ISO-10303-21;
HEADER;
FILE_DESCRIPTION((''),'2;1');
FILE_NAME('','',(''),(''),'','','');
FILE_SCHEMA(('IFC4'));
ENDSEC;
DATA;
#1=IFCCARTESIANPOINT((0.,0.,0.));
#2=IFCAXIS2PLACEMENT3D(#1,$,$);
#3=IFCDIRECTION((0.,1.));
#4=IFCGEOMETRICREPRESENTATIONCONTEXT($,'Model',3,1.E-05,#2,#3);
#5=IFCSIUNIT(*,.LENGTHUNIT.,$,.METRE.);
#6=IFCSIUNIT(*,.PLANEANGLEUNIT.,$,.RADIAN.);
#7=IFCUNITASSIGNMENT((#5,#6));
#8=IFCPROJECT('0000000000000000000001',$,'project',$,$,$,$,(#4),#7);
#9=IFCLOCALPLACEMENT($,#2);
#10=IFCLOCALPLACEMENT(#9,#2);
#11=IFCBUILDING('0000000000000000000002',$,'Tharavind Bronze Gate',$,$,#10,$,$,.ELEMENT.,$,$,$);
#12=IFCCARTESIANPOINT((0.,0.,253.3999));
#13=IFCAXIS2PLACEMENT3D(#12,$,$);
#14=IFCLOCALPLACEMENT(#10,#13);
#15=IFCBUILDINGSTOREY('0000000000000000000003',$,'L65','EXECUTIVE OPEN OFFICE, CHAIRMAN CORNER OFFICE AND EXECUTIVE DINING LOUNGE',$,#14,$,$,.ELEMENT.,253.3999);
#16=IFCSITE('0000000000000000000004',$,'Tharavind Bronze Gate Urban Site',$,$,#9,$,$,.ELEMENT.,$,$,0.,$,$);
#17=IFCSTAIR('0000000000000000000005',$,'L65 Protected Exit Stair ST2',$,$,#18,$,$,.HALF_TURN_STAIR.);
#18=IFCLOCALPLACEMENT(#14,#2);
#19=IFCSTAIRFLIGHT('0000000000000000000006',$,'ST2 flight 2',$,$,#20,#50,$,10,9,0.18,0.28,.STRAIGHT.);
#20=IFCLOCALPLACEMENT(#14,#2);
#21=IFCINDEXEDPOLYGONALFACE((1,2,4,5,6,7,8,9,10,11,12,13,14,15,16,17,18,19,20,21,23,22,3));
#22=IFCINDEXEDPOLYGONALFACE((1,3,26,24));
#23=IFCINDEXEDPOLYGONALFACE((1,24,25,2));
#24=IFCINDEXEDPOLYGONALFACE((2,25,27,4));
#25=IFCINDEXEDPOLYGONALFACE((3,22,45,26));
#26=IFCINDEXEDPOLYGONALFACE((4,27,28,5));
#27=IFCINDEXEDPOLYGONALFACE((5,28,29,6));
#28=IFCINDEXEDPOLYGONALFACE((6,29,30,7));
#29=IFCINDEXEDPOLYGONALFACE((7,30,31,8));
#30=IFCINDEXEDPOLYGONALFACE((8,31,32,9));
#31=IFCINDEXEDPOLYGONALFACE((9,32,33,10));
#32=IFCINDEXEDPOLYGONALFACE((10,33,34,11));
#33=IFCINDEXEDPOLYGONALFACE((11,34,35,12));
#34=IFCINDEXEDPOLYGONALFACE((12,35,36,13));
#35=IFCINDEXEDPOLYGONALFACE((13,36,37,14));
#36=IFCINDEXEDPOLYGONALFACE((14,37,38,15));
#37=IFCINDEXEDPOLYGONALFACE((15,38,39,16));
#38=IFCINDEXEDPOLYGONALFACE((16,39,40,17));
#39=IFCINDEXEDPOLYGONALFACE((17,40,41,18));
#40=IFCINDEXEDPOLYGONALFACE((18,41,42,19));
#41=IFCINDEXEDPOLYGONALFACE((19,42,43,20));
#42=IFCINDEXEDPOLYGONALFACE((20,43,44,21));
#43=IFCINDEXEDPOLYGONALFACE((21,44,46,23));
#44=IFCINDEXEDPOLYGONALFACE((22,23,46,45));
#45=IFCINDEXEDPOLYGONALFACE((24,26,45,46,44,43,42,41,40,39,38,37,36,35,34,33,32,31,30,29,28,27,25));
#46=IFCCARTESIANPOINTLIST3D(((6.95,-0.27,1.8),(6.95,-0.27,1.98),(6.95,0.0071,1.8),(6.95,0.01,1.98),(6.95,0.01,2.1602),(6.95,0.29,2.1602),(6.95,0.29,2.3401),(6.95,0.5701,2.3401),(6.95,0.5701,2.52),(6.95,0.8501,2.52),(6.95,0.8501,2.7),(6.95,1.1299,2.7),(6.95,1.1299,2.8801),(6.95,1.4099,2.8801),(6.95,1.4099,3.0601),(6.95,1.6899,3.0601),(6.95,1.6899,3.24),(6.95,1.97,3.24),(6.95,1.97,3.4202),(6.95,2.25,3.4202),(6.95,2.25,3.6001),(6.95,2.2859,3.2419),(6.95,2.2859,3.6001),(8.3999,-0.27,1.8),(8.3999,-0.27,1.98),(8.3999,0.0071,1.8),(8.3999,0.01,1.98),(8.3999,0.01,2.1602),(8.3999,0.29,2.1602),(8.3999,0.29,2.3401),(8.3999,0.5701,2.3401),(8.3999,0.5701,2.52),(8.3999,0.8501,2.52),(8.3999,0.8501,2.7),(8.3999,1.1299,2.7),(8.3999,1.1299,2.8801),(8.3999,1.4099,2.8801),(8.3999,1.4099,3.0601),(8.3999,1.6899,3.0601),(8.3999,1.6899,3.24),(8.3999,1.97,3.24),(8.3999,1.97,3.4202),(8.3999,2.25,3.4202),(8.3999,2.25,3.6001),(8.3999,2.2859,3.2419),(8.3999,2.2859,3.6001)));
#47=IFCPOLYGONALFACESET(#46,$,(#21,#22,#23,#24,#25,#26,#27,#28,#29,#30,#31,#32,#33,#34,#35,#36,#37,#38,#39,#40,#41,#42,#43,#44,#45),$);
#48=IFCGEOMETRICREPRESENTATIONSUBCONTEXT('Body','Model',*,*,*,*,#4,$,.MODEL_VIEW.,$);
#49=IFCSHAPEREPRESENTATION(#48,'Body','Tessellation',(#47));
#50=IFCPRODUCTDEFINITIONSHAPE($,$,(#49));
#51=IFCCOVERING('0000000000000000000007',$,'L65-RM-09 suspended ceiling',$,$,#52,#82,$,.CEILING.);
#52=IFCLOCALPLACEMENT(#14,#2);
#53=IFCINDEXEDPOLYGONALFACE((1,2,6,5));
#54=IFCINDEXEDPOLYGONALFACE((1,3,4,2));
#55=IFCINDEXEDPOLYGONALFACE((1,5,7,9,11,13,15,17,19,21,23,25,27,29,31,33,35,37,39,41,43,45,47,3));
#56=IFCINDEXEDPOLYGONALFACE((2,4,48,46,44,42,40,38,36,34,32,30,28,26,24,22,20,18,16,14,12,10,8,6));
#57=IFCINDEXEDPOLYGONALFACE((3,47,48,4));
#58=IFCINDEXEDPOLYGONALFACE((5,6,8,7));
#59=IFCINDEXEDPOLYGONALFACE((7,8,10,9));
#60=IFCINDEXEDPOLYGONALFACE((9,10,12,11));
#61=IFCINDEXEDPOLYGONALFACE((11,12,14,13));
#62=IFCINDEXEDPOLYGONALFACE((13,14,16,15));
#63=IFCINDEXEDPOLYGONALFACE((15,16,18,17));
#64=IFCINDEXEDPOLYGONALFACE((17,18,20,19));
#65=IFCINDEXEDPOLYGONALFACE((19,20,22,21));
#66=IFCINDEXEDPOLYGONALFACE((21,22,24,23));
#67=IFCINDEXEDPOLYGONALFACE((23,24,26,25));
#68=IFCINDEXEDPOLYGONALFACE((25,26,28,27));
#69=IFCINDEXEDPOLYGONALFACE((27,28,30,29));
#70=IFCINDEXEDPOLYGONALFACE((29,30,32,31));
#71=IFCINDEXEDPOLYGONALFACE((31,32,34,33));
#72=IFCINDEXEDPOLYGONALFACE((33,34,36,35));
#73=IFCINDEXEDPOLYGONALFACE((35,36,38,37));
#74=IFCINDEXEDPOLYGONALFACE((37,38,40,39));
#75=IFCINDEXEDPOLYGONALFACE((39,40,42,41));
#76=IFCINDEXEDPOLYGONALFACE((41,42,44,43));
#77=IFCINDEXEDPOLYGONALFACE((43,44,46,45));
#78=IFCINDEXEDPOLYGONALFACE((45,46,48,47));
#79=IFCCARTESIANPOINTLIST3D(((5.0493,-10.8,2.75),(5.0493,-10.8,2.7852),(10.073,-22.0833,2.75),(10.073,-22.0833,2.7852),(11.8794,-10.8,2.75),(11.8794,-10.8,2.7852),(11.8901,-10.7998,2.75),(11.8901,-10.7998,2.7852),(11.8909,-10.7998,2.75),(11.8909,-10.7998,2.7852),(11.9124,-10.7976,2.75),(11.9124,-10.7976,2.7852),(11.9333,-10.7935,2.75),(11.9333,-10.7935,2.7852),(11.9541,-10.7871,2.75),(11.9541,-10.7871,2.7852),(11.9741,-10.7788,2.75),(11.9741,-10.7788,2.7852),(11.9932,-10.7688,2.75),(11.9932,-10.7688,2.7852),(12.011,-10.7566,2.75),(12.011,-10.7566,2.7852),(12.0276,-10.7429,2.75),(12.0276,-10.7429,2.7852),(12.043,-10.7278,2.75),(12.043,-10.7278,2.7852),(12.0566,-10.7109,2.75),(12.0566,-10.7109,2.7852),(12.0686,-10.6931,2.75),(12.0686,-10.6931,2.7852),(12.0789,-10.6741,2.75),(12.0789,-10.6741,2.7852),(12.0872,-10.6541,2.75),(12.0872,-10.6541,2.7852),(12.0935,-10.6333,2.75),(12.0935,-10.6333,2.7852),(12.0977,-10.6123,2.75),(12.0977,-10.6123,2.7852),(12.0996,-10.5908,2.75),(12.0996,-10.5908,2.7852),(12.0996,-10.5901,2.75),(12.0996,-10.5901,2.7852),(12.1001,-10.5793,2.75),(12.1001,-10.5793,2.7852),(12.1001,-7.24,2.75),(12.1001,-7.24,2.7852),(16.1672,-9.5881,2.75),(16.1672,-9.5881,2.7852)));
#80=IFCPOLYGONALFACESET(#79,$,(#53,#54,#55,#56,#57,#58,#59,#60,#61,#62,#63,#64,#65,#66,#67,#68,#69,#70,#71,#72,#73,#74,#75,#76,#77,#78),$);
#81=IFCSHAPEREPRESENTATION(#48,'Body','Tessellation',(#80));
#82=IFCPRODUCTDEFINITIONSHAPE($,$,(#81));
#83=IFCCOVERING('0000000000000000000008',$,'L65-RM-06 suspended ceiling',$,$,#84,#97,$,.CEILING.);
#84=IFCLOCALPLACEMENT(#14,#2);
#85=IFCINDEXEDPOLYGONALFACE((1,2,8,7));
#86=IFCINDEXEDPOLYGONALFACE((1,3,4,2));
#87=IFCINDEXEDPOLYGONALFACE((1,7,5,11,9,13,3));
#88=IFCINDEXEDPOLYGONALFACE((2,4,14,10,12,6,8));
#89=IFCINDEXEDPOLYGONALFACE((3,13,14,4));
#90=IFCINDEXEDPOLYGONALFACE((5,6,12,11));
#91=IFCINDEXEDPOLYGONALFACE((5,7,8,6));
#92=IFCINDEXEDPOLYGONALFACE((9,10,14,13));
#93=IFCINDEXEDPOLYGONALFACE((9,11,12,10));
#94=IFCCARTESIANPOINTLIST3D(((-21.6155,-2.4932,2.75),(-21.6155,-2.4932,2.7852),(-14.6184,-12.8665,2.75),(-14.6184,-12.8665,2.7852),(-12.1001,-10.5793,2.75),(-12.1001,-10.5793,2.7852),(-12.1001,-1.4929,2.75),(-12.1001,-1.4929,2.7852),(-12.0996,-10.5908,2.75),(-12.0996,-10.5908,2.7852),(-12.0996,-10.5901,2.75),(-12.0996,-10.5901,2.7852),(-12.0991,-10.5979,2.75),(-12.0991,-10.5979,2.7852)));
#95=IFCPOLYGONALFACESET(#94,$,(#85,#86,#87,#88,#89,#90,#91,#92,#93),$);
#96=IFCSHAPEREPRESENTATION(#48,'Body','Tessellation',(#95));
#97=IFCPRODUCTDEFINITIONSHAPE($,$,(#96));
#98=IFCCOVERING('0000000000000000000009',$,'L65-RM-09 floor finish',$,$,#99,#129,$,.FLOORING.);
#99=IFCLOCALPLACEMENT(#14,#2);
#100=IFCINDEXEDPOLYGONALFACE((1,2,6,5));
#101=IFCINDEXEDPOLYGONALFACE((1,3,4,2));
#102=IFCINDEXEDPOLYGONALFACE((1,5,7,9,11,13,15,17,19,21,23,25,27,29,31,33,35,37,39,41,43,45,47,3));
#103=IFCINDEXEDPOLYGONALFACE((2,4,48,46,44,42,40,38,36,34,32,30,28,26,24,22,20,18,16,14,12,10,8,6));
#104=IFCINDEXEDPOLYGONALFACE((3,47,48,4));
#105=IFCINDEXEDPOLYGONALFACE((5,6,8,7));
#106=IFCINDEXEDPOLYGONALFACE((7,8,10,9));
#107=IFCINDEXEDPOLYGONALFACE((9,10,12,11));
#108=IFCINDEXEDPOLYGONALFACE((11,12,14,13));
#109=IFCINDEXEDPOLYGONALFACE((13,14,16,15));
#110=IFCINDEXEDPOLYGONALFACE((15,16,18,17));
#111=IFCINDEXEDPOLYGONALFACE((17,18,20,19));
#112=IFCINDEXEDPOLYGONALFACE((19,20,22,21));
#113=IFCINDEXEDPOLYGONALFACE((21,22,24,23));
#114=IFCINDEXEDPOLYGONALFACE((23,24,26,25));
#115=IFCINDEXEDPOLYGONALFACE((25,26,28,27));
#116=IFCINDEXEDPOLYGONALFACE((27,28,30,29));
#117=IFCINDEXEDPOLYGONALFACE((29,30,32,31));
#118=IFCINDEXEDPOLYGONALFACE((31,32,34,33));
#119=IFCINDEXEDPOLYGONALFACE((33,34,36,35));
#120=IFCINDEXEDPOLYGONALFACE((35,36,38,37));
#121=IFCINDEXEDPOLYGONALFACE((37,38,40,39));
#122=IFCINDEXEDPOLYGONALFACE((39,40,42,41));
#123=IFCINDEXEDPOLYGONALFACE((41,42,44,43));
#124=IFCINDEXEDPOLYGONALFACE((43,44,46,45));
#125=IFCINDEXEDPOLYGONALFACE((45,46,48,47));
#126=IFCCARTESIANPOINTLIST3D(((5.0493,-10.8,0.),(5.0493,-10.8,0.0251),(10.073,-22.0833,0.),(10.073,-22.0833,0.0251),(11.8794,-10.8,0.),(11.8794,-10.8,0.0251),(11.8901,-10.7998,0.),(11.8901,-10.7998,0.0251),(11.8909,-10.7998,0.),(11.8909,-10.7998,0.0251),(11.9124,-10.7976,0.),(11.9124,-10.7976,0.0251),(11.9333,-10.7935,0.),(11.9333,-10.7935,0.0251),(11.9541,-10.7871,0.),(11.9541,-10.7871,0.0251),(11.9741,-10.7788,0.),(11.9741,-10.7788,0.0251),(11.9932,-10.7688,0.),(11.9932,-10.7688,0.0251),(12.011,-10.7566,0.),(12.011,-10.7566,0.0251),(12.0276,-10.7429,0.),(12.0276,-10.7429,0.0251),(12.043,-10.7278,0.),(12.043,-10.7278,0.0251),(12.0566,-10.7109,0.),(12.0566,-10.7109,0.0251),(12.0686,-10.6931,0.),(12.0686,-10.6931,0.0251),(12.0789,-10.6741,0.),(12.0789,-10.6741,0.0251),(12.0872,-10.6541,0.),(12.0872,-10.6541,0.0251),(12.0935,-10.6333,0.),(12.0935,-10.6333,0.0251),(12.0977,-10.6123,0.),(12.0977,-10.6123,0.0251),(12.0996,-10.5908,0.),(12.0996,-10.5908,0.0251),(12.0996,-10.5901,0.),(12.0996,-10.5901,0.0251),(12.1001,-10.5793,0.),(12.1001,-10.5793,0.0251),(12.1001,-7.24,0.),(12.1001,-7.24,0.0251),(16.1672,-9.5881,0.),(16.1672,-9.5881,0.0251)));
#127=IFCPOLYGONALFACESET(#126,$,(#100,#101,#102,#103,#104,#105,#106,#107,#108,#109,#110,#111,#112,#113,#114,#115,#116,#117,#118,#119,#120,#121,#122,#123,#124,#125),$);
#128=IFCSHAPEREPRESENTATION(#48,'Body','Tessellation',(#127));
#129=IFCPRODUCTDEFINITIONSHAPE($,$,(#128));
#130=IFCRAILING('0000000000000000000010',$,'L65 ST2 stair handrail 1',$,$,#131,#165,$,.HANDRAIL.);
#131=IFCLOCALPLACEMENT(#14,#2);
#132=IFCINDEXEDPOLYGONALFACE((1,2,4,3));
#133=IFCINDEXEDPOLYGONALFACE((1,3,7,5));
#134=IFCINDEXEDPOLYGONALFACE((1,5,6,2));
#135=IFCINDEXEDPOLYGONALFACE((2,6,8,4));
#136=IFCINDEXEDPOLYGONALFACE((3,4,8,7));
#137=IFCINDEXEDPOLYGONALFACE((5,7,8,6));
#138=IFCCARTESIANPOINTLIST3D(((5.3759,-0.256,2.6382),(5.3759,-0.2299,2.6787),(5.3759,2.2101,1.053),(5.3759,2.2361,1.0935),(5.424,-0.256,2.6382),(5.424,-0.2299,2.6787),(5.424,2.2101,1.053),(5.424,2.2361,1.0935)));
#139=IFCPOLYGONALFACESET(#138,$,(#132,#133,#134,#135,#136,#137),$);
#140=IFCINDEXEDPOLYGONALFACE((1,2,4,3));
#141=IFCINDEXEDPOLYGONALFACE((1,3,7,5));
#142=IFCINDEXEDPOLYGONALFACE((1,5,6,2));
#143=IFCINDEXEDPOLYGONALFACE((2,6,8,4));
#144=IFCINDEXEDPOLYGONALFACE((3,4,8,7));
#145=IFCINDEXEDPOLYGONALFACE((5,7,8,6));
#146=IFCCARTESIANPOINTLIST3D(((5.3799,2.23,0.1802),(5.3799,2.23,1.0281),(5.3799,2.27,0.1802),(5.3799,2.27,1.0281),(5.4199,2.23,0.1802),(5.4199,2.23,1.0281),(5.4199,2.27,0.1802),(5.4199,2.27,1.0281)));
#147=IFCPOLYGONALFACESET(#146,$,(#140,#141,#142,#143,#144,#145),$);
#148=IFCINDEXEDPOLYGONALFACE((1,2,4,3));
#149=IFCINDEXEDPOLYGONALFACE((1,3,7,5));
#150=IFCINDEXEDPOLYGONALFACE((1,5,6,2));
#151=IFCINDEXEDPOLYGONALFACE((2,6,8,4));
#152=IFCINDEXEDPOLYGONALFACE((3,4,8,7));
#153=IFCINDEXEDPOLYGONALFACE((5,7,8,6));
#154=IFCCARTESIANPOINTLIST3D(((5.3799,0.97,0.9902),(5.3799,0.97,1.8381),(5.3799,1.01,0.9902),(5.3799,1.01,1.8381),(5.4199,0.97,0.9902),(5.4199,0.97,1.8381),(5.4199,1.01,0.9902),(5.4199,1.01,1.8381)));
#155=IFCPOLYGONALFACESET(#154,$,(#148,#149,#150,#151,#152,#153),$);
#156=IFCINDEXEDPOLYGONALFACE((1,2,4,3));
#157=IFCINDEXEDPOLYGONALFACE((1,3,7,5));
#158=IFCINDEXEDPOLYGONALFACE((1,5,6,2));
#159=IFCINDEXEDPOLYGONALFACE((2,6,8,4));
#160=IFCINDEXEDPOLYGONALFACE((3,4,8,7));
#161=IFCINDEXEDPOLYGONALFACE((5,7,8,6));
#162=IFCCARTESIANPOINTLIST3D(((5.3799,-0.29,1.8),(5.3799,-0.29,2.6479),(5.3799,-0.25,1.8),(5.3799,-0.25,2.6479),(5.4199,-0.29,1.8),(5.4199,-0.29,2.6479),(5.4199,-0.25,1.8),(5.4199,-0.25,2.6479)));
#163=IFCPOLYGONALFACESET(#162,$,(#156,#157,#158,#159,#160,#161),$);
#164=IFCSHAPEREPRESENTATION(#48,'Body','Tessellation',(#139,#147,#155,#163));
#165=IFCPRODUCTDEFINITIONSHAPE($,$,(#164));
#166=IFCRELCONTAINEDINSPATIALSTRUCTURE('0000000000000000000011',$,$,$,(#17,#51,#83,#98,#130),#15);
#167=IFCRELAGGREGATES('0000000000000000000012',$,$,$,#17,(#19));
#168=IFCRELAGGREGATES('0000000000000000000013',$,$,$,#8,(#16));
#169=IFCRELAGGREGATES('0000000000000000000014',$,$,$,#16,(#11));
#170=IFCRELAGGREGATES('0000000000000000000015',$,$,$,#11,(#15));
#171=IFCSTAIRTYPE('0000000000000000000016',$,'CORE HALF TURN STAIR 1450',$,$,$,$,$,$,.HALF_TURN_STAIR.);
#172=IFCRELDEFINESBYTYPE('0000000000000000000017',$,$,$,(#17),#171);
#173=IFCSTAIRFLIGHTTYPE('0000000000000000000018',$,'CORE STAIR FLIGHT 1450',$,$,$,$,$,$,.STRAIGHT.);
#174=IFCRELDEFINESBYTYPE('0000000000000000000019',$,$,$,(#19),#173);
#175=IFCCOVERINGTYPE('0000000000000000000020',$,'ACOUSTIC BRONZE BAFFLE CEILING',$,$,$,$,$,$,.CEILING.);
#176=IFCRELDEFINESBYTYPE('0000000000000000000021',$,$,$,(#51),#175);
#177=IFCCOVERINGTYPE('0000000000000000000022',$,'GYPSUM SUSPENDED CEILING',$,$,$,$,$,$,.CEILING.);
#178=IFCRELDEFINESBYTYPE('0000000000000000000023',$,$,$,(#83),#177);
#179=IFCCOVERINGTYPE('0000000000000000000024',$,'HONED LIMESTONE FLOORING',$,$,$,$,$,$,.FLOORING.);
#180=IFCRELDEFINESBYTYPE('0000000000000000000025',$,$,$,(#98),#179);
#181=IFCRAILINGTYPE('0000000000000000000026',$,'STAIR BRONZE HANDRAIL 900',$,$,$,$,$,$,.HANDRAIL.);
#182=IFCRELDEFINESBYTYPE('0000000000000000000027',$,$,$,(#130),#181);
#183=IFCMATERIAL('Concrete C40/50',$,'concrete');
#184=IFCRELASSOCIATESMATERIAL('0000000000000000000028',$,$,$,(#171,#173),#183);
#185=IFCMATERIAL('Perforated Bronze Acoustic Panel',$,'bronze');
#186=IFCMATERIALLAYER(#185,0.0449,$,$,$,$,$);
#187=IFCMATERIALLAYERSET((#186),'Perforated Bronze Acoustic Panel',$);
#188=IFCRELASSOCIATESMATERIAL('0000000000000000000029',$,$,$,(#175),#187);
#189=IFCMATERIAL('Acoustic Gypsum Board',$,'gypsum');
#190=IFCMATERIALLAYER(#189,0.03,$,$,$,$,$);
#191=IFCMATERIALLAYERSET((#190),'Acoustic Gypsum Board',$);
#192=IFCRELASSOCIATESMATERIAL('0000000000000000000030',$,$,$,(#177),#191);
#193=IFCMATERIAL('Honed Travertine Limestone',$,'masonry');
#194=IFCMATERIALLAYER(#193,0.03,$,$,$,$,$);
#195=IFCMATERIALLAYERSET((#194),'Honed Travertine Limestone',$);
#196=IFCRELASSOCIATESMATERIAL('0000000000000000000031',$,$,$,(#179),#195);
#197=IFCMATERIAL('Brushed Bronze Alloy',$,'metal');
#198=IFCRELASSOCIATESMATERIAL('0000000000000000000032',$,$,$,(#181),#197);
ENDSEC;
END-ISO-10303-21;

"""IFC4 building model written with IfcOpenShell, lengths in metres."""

from ifc_helpers import new_model, si_unit, direction, frame, origin, origin_2d, place, context, subcontext, project, spatial, polyline, rectangle, outline, extrude, material, layer, layer_set, type_object, element, aggregate, save


model = new_model("IFC4")

# Units and contexts
model_context = context("Model", 3, precision=1e-05, world=origin(), true_north=direction((0.0, 1.0)))
body_context = subcontext(model_context, "Body", "Model", "MODEL_VIEW")
ifc_project = project(units=[si_unit("LENGTHUNIT", "METRE"), si_unit("PLANEANGLEUNIT", "RADIAN")], contexts=[model_context])

# Site, building, storey
site_placement = place(None, origin())
site = spatial("IfcSite", under=ifc_project, at=site_placement, Name="Tharavind Bronze Gate Urban Site", CompositionType="ELEMENT", RefElevation=0.0)
building_placement = place(site_placement, origin())
building = spatial("IfcBuilding", under=site, at=building_placement, Name="Tharavind Bronze Gate", CompositionType="ELEMENT")
storey_placement = place(building_placement, frame((0.0, 0.0, 253.3999)))
storey = spatial("IfcBuildingStorey", under=building, at=storey_placement, Name="L65", Description="EXECUTIVE OPEN OFFICE, CHAIRMAN CORNER OFFICE AND EXECUTIVE DINING LOUNGE", CompositionType="ELEMENT", Elevation=253.3999)

# Shared definitions
ifc_material_1 = material(Name="Concrete C40/50", Category="concrete")

# Stair, stair flight
stair_type = type_object("IfcStairType", Name="CORE HALF TURN STAIR 1450", PredefinedType="HALF_TURN_STAIR", material=ifc_material_1)
stair_placement = place(storey_placement, origin())
stair = element("IfcStair", 1, at=stair_placement, inside=storey, type_object=stair_type, Name="L65 Protected Exit Stair ST2", PredefinedType="HALF_TURN_STAIR")
stair_flight_type = type_object("IfcStairFlightType", Name="CORE STAIR FLIGHT 1450", PredefinedType="STRAIGHT", material=ifc_material_1)
stair_flight_1_placement = place(storey_placement, frame((7.675, -0.27, 1.8), z_axis=(0.0, 0.0, 1.0), x_axis=(0.0, 1.0, 0.0)))
stair_flight_1 = element("IfcStairFlight", 2, at=stair_flight_1_placement, type_object=stair_flight_type, Name="ST2 flight 2", NumberOfRisers=10, NumberOfTreads=9, PredefinedType="STRAIGHT", RiserHeight=0.18, TreadLength=0.28, context=body_context, shape_type="SweptSolid", body=[
    extrude(outline(polyline([(0.0, 0.0), (0.0, 0.1799), (0.28, 0.1799), (0.28, 0.3601), (0.5601, 0.3601), (0.5601, 0.54), (0.8401, 0.54), (0.8401, 0.72), (1.1201, 0.72), (1.1201, 0.8999), (1.3999, 0.8999), (1.3999, 1.0801), (1.6799, 1.0801), (1.6799, 1.26), (1.96, 1.26), (1.96, 1.4399), (2.24, 1.4399), (2.24, 1.6201), (2.52, 1.6201), (2.52, 1.8), (2.5559, 1.8), (2.5559, 1.4419), (0.2771, 0.0), (0.0, 0.0)])), frame((0.0, 0.7251, 0.0), z_axis=(0.0, -1.0, 0.0), x_axis=(1.0, 0.0, 0.0)), (0.0, 0.0, 1.0), 1.45),
])
aggregate(stair, [stair_flight_1])

# Coverings
ifc_material_2 = material(Name="Perforated Bronze Acoustic Panel", Category="bronze")
ifc_layer_1 = layer(ifc_material_2, 0.0449)
ifc_layer_set_1 = layer_set([ifc_layer_1], Name="Perforated Bronze Acoustic Panel")
covering_type_1 = type_object("IfcCoveringType", Name="ACOUSTIC BRONZE BAFFLE CEILING", PredefinedType="CEILING", material=ifc_layer_set_1)
covering_1_placement = place(storey_placement, frame((0.0, 0.0, 2.75)))
element("IfcCovering", 3, at=covering_1_placement, inside=storey, type_object=covering_type_1, Name="L65-RM-09 suspended ceiling", PredefinedType="CEILING", context=body_context, shape_type="SweptSolid", body=[
    extrude(outline(polyline([(10.073, -22.0833), (16.1672, -9.5881), (12.1001, -7.24), (12.1001, -10.5793), (12.0996, -10.5901), (12.0996, -10.5908), (12.0977, -10.6123), (12.0935, -10.6333), (12.0872, -10.6541), (12.0789, -10.6741), (12.0686, -10.6931), (12.0566, -10.7109), (12.043, -10.7278), (12.0276, -10.7429), (12.011, -10.7566), (11.9932, -10.7688), (11.9741, -10.7788), (11.9541, -10.7871), (11.9333, -10.7935), (11.9124, -10.7976), (11.8909, -10.7998), (11.8901, -10.7998), (11.8794, -10.8), (5.0493, -10.8), (10.073, -22.0833)])), origin(), (0.0, 0.0, 1.0), 0.0352),
])
ifc_material_3 = material(Name="Acoustic Gypsum Board", Category="gypsum")
ifc_layer_2 = layer(ifc_material_3, 0.03)
ifc_layer_set_2 = layer_set([ifc_layer_2], Name="Acoustic Gypsum Board")
covering_type_2 = type_object("IfcCoveringType", Name="GYPSUM SUSPENDED CEILING", PredefinedType="CEILING", material=ifc_layer_set_2)
covering_2_placement = place(storey_placement, frame((0.0, 0.0, 2.75)))
element("IfcCovering", 4, at=covering_2_placement, inside=storey, type_object=covering_type_2, Name="L65-RM-06 suspended ceiling", PredefinedType="CEILING", context=body_context, shape_type="SweptSolid", body=[
    extrude(outline(polyline([(-14.6184, -12.8665), (-12.0991, -10.5979), (-12.0996, -10.5908), (-12.0996, -10.5901), (-12.1001, -10.5793), (-12.1001, -1.4929), (-21.6155, -2.4932), (-14.6184, -12.8665)])), origin(), (0.0, 0.0, 1.0), 0.0352),
])
ifc_material_4 = material(Name="Honed Travertine Limestone", Category="masonry")
ifc_layer_3 = layer(ifc_material_4, 0.03)
ifc_layer_set_3 = layer_set([ifc_layer_3], Name="Honed Travertine Limestone")
covering_type_3 = type_object("IfcCoveringType", Name="HONED LIMESTONE FLOORING", PredefinedType="FLOORING", material=ifc_layer_set_3)
covering_3_placement = place(storey_placement, origin())
element("IfcCovering", 5, at=covering_3_placement, inside=storey, type_object=covering_type_3, Name="L65-RM-09 floor finish", PredefinedType="FLOORING", context=body_context, shape_type="SweptSolid", body=[
    extrude(outline(polyline([(10.073, -22.0833), (16.1672, -9.5881), (12.1001, -7.24), (12.1001, -10.5793), (12.0996, -10.5901), (12.0996, -10.5908), (12.0977, -10.6123), (12.0935, -10.6333), (12.0872, -10.6541), (12.0789, -10.6741), (12.0686, -10.6931), (12.0566, -10.7109), (12.043, -10.7278), (12.0276, -10.7429), (12.011, -10.7566), (11.9932, -10.7688), (11.9741, -10.7788), (11.9541, -10.7871), (11.9333, -10.7935), (11.9124, -10.7976), (11.8909, -10.7998), (11.8901, -10.7998), (11.8794, -10.8), (5.0493, -10.8), (10.073, -22.0833)])), origin(), (0.0, 0.0, 1.0), 0.0251),
])

# Railing
ifc_material_5 = material(Name="Brushed Bronze Alloy", Category="metal")
railing_type_1 = type_object("IfcRailingType", Name="STAIR BRONZE HANDRAIL 900", PredefinedType="HANDRAIL", material=ifc_material_5)
railing_1_placement = place(storey_placement, frame((5.3999, 2.25, 0.1802)))
element("IfcRailing", 6, at=railing_1_placement, inside=storey, type_object=railing_type_1, Name="L65 ST2 stair handrail 1", PredefinedType="HANDRAIL", context=body_context, shape_type="SweptSolid", body=[
    extrude(rectangle(XDim=0.0481, YDim=0.0481, at=origin_2d()), frame((0.0, -0.0269, 0.8931), z_axis=(0.0, -0.8412, 0.540725), x_axis=(1.0, 0.0, 0.0)), (0.0, 0.0, 1.0), 2.9316),
    extrude(rectangle(XDim=0.04, YDim=0.04, at=origin_2d()), origin(), (0.0, 0.0, 1.0), 0.8479),
    extrude(rectangle(XDim=0.04, YDim=0.04, at=origin_2d()), frame((0.0, -1.26, 0.8101)), (0.0, 0.0, 1.0), 0.8479),
    extrude(rectangle(XDim=0.04, YDim=0.04, at=origin_2d()), frame((0.0, -2.52, 1.6199)), (0.0, 0.0, 1.0), 0.8479),
])

save(model, "model.ifc")
